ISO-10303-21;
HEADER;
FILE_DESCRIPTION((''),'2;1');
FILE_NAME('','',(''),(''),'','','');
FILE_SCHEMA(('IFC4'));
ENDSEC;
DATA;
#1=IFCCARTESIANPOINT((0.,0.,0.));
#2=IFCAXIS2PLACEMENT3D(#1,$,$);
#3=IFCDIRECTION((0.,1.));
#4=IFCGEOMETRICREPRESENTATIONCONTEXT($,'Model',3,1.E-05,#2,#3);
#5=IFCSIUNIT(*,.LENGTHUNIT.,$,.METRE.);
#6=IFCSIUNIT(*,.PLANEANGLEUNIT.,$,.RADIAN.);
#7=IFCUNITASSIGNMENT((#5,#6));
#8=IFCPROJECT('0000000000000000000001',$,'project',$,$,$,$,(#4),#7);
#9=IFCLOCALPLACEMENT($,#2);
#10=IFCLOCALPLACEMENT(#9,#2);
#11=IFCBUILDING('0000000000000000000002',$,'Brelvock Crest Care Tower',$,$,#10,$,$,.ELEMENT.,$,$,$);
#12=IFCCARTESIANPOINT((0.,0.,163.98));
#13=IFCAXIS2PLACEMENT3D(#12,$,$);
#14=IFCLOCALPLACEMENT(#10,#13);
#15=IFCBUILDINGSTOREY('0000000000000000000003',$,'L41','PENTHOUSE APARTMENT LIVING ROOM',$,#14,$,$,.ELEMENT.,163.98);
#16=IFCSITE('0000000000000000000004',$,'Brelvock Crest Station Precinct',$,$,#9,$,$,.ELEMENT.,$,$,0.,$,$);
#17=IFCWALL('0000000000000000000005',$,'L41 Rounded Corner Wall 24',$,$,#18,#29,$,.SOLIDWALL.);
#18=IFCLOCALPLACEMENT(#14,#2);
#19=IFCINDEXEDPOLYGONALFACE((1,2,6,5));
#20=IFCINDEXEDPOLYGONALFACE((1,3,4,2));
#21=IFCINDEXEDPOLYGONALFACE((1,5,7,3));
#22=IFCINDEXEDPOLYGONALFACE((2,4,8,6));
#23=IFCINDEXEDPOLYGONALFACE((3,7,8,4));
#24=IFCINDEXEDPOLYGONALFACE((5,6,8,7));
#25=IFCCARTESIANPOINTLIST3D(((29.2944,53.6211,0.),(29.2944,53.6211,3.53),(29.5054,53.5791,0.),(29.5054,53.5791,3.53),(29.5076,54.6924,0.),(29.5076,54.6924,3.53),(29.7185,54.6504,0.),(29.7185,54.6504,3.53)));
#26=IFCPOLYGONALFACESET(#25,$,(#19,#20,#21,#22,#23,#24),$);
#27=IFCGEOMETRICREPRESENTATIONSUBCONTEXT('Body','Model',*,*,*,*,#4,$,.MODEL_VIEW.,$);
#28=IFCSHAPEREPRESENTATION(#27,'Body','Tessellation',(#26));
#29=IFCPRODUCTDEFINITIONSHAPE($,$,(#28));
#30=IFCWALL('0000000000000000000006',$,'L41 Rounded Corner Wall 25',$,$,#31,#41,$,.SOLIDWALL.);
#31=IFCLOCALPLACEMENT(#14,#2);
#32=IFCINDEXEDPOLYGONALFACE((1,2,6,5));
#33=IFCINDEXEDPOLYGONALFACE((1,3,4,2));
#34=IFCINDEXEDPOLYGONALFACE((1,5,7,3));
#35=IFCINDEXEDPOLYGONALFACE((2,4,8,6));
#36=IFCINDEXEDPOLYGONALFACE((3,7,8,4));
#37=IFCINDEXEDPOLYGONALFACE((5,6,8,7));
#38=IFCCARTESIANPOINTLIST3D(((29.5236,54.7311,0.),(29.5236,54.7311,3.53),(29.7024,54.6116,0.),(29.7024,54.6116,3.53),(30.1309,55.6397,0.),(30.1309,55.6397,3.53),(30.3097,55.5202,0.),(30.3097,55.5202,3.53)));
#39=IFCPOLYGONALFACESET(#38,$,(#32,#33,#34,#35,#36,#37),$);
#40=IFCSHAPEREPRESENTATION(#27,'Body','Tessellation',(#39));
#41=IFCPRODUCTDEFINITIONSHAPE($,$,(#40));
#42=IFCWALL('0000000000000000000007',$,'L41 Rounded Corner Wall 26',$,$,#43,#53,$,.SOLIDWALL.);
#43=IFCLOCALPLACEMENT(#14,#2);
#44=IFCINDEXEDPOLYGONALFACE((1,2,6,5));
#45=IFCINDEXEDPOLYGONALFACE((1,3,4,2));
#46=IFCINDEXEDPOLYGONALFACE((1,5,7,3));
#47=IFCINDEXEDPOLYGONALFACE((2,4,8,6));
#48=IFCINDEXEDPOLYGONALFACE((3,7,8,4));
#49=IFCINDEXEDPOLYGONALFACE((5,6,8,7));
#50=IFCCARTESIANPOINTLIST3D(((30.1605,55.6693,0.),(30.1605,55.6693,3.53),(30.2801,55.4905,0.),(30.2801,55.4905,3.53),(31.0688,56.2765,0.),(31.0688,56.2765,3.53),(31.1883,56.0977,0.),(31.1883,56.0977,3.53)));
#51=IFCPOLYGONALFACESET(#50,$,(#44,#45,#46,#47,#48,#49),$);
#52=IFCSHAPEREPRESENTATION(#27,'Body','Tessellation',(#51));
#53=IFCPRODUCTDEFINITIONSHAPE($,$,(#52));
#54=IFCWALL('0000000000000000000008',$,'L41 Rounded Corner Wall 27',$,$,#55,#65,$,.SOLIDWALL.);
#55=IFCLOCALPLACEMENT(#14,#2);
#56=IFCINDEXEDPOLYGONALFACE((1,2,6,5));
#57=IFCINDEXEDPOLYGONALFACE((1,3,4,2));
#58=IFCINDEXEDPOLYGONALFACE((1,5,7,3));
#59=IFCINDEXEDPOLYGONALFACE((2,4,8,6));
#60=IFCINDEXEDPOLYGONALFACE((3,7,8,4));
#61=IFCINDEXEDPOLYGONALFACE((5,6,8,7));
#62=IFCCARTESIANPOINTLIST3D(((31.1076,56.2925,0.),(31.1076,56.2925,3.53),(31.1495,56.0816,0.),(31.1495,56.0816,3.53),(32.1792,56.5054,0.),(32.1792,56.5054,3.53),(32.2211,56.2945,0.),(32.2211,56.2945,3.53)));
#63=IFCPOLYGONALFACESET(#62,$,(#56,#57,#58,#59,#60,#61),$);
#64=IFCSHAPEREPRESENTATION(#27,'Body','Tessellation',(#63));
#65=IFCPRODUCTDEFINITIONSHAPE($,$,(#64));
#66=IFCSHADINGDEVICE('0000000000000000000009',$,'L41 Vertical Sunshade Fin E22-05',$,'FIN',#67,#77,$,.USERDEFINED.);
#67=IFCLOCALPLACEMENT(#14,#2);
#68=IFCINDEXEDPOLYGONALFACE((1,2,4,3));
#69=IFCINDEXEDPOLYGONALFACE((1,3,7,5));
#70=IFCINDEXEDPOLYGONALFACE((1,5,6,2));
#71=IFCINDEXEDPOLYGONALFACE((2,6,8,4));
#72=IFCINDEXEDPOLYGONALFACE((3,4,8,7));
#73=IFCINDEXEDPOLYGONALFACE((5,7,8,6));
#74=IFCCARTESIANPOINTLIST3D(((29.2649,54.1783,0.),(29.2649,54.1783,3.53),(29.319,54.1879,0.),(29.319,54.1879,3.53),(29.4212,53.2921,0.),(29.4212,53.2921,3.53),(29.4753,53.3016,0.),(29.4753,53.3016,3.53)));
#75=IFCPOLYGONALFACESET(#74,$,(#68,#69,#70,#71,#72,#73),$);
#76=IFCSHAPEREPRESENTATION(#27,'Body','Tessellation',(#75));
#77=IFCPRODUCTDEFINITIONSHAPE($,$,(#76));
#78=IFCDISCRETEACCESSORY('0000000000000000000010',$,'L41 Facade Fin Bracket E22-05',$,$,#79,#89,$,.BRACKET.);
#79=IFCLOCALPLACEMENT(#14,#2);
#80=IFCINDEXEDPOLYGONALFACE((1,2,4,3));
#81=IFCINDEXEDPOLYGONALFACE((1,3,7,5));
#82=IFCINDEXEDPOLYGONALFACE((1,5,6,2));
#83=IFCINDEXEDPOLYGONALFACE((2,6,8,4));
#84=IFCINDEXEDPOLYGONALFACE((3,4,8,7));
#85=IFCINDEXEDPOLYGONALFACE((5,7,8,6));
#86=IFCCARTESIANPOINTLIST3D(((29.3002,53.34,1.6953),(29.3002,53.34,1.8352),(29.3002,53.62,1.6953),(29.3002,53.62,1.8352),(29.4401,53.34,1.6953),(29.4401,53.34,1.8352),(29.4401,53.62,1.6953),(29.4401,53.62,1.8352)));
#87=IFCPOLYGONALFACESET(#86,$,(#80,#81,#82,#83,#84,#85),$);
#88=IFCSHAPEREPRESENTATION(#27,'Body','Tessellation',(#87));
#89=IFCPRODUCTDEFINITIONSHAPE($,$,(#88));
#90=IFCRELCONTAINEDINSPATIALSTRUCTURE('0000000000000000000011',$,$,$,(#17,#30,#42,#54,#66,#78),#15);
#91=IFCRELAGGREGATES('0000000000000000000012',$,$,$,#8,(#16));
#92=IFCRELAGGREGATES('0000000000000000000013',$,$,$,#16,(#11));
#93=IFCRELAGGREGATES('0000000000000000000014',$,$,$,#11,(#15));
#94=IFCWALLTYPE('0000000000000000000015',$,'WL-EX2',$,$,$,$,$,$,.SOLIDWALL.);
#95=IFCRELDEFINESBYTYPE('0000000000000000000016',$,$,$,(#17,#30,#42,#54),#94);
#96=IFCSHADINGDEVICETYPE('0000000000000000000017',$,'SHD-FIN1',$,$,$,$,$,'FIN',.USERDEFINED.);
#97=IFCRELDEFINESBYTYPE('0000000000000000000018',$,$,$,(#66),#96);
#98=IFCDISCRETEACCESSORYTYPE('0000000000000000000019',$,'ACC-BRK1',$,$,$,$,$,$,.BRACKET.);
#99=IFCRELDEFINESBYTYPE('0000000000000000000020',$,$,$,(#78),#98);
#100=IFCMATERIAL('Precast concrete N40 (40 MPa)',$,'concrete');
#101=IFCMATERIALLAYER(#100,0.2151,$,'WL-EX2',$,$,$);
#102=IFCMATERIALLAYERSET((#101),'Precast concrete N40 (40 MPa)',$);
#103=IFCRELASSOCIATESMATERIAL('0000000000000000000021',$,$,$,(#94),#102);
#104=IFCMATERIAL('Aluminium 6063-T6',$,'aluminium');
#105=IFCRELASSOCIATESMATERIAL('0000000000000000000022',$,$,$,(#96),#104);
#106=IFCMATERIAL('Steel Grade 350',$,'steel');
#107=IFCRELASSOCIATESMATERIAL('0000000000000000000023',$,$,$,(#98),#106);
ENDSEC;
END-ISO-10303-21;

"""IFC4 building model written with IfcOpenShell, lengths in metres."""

from ifc_helpers import new_model, si_unit, direction, frame, frame_2d, origin, origin_2d, place, context, subcontext, project, spatial, rectangle, extrude, source, transform, mapped, material, layer, layer_set, material_profile, profile_set, type_object, element, save


model = new_model("IFC4")

# Units and contexts
model_context = context("Model", 3, precision=1e-05, world=origin(), true_north=direction((0.0, 1.0)))
body_context = subcontext(model_context, "Body", "Model", "MODEL_VIEW")
ifc_project = project(units=[si_unit("LENGTHUNIT", "METRE"), si_unit("PLANEANGLEUNIT", "RADIAN")], contexts=[model_context])

# Site, building, storey
site_placement = place(None, origin())
site = spatial("IfcSite", under=ifc_project, at=site_placement, Name="Brelvock Crest Station Precinct", CompositionType="ELEMENT", RefElevation=0.0)
building_placement = place(site_placement, origin())
building = spatial("IfcBuilding", under=site, at=building_placement, Name="Brelvock Crest Care Tower", CompositionType="ELEMENT")
storey_placement = place(building_placement, frame((0.0, 0.0, 163.98)))
storey = spatial("IfcBuildingStorey", under=building, at=storey_placement, Name="L41", Description="PENTHOUSE APARTMENT LIVING ROOM", CompositionType="ELEMENT", Elevation=163.98)

# Shared definitions
ifc_material_1 = material(Name="Steel Grade 350", Category="steel")

# Shared definitions
ifc_material_2 = material(Name="Aluminium 6063-T6", Category="aluminium")

# Walls
ifc_material_3 = material(Name="Precast concrete N40 (40 MPa)", Category="concrete")
ifc_layer_1 = layer(ifc_material_3, 0.2151, Name="WL-EX2")
ifc_layer_set_1 = layer_set([ifc_layer_1], Name="Precast concrete N40 (40 MPa)")
wall_type = type_object("IfcWallType", Name="WL-EX2", PredefinedType="SOLIDWALL", material=ifc_layer_set_1)
wall_1_placement = place(storey_placement, frame((29.3999, 53.6001, 0.0), z_axis=(0.0, 0.0, 1.0), x_axis=(0.195127, 0.980778, 0.0)))
element("IfcWall", 1, at=wall_1_placement, inside=storey, type_object=wall_type, Name="L41 Rounded Corner Wall 24", PredefinedType="SOLIDWALL", context=body_context, shape_type="SweptSolid", body=[
    extrude(rectangle(XDim=1.0923, YDim=0.2151, at=frame_2d((0.5461, 0.0))), origin(), (0.0, 0.0, 1.0), 3.53),
])
wall_2_placement = place(storey_placement, frame((29.613, 54.6714, 0.0), z_axis=(0.0, 0.0, 1.0), x_axis=(0.555679, 0.831397, 0.0)))
element("IfcWall", 2, at=wall_2_placement, inside=storey, type_object=wall_type, Name="L41 Rounded Corner Wall 25", PredefinedType="SOLIDWALL", context=body_context, shape_type="SweptSolid", body=[
    extrude(rectangle(XDim=1.0928, YDim=0.2151, at=frame_2d((0.5464, 0.0))), origin(), (0.0, 0.0, 1.0), 3.53),
])
for number, where, z_axis, x_axis, name in (
    (3, (30.2202, 55.5798, 0.0), (0.0, 0.0, 1.0), (0.831328, 0.555783, 0.0), "L41 Rounded Corner Wall 26"),
    (4, (31.1284, 56.187, 0.0), (0.0, 0.0, 1.0), (0.980829, 0.19487, 0.0), "L41 Rounded Corner Wall 27"),
):
    element("IfcWall", number, at=place(storey_placement, frame(where, z_axis=z_axis, x_axis=x_axis)), inside=storey, type_object=wall_type, Name=name, PredefinedType="SOLIDWALL", context=body_context, shape_type="SweptSolid", body=[
        extrude(rectangle(XDim=1.0925, YDim=0.2151, at=frame_2d((0.5464, 0.0))), origin(), (0.0, 0.0, 1.0), 3.53),
    ])

# Shading device
ifc_material_profile_1 = material_profile(ifc_material_2, rectangle(XDim=0.0549, YDim=0.8999, at=origin_2d()), Name="FIN55x900")
ifc_profile_set_1 = profile_set([ifc_material_profile_1], Name="Aluminium 6063-T6")
shading_device_type = type_object("IfcShadingDeviceType", Name="SHD-FIN1", ElementType="FIN", PredefinedType="USERDEFINED", material=ifc_profile_set_1)
shared_shape_1 = source(origin(), body_context, "Body", "SweptSolid", [
    extrude(rectangle(XDim=0.0549, YDim=0.8999, at=origin_2d()), origin(), (0.0, 0.0, 1.0), 3.53),
])
shading_device_placement = place(storey_placement, frame((29.3701, 53.74, 0.0), z_axis=(0.0, 0.0, 1.0), x_axis=(0.984808, 0.173648, 0.0)))
element("IfcShadingDevice", 5, at=shading_device_placement, inside=storey, type_object=shading_device_type, Name="L41 Vertical Sunshade Fin E22-05", ObjectType="FIN", PredefinedType="USERDEFINED", context=body_context, shape_type="MappedRepresentation", body=[
    mapped(shared_shape_1, transform((0.0, 0.0, 0.0), x_axis=(1.0, 0.0, 0.0), y_axis=(0.0, 1.0, 0.0), z_axis=(0.0, 0.0, 1.0), scale=1.0)),
])

# Discrete accessory
discrete_accessory_type = type_object("IfcDiscreteAccessoryType", Name="ACC-BRK1", PredefinedType="BRACKET", material=ifc_material_1)
shared_shape_2 = source(origin(), body_context, "Body", "SweptSolid", [
    extrude(rectangle(XDim=0.28, YDim=0.1399, at=origin_2d()), origin(), (0.0, 0.0, 1.0), 0.1399),
])
discrete_accessory_placement = place(storey_placement, frame((29.3701, 53.48, 1.6953), z_axis=(0.0, 0.0, 1.0), x_axis=(0.0, 1.0, 0.0)))
element("IfcDiscreteAccessory", 6, at=discrete_accessory_placement, inside=storey, type_object=discrete_accessory_type, Name="L41 Facade Fin Bracket E22-05", PredefinedType="BRACKET", context=body_context, shape_type="MappedRepresentation", body=[
    mapped(shared_shape_2, transform((0.0, 0.0, 0.0), x_axis=(1.0, 0.0, 0.0), y_axis=(0.0, 1.0, 0.0), z_axis=(0.0, 0.0, 1.0), scale=1.0)),
])

save(model, "model.ifc")
